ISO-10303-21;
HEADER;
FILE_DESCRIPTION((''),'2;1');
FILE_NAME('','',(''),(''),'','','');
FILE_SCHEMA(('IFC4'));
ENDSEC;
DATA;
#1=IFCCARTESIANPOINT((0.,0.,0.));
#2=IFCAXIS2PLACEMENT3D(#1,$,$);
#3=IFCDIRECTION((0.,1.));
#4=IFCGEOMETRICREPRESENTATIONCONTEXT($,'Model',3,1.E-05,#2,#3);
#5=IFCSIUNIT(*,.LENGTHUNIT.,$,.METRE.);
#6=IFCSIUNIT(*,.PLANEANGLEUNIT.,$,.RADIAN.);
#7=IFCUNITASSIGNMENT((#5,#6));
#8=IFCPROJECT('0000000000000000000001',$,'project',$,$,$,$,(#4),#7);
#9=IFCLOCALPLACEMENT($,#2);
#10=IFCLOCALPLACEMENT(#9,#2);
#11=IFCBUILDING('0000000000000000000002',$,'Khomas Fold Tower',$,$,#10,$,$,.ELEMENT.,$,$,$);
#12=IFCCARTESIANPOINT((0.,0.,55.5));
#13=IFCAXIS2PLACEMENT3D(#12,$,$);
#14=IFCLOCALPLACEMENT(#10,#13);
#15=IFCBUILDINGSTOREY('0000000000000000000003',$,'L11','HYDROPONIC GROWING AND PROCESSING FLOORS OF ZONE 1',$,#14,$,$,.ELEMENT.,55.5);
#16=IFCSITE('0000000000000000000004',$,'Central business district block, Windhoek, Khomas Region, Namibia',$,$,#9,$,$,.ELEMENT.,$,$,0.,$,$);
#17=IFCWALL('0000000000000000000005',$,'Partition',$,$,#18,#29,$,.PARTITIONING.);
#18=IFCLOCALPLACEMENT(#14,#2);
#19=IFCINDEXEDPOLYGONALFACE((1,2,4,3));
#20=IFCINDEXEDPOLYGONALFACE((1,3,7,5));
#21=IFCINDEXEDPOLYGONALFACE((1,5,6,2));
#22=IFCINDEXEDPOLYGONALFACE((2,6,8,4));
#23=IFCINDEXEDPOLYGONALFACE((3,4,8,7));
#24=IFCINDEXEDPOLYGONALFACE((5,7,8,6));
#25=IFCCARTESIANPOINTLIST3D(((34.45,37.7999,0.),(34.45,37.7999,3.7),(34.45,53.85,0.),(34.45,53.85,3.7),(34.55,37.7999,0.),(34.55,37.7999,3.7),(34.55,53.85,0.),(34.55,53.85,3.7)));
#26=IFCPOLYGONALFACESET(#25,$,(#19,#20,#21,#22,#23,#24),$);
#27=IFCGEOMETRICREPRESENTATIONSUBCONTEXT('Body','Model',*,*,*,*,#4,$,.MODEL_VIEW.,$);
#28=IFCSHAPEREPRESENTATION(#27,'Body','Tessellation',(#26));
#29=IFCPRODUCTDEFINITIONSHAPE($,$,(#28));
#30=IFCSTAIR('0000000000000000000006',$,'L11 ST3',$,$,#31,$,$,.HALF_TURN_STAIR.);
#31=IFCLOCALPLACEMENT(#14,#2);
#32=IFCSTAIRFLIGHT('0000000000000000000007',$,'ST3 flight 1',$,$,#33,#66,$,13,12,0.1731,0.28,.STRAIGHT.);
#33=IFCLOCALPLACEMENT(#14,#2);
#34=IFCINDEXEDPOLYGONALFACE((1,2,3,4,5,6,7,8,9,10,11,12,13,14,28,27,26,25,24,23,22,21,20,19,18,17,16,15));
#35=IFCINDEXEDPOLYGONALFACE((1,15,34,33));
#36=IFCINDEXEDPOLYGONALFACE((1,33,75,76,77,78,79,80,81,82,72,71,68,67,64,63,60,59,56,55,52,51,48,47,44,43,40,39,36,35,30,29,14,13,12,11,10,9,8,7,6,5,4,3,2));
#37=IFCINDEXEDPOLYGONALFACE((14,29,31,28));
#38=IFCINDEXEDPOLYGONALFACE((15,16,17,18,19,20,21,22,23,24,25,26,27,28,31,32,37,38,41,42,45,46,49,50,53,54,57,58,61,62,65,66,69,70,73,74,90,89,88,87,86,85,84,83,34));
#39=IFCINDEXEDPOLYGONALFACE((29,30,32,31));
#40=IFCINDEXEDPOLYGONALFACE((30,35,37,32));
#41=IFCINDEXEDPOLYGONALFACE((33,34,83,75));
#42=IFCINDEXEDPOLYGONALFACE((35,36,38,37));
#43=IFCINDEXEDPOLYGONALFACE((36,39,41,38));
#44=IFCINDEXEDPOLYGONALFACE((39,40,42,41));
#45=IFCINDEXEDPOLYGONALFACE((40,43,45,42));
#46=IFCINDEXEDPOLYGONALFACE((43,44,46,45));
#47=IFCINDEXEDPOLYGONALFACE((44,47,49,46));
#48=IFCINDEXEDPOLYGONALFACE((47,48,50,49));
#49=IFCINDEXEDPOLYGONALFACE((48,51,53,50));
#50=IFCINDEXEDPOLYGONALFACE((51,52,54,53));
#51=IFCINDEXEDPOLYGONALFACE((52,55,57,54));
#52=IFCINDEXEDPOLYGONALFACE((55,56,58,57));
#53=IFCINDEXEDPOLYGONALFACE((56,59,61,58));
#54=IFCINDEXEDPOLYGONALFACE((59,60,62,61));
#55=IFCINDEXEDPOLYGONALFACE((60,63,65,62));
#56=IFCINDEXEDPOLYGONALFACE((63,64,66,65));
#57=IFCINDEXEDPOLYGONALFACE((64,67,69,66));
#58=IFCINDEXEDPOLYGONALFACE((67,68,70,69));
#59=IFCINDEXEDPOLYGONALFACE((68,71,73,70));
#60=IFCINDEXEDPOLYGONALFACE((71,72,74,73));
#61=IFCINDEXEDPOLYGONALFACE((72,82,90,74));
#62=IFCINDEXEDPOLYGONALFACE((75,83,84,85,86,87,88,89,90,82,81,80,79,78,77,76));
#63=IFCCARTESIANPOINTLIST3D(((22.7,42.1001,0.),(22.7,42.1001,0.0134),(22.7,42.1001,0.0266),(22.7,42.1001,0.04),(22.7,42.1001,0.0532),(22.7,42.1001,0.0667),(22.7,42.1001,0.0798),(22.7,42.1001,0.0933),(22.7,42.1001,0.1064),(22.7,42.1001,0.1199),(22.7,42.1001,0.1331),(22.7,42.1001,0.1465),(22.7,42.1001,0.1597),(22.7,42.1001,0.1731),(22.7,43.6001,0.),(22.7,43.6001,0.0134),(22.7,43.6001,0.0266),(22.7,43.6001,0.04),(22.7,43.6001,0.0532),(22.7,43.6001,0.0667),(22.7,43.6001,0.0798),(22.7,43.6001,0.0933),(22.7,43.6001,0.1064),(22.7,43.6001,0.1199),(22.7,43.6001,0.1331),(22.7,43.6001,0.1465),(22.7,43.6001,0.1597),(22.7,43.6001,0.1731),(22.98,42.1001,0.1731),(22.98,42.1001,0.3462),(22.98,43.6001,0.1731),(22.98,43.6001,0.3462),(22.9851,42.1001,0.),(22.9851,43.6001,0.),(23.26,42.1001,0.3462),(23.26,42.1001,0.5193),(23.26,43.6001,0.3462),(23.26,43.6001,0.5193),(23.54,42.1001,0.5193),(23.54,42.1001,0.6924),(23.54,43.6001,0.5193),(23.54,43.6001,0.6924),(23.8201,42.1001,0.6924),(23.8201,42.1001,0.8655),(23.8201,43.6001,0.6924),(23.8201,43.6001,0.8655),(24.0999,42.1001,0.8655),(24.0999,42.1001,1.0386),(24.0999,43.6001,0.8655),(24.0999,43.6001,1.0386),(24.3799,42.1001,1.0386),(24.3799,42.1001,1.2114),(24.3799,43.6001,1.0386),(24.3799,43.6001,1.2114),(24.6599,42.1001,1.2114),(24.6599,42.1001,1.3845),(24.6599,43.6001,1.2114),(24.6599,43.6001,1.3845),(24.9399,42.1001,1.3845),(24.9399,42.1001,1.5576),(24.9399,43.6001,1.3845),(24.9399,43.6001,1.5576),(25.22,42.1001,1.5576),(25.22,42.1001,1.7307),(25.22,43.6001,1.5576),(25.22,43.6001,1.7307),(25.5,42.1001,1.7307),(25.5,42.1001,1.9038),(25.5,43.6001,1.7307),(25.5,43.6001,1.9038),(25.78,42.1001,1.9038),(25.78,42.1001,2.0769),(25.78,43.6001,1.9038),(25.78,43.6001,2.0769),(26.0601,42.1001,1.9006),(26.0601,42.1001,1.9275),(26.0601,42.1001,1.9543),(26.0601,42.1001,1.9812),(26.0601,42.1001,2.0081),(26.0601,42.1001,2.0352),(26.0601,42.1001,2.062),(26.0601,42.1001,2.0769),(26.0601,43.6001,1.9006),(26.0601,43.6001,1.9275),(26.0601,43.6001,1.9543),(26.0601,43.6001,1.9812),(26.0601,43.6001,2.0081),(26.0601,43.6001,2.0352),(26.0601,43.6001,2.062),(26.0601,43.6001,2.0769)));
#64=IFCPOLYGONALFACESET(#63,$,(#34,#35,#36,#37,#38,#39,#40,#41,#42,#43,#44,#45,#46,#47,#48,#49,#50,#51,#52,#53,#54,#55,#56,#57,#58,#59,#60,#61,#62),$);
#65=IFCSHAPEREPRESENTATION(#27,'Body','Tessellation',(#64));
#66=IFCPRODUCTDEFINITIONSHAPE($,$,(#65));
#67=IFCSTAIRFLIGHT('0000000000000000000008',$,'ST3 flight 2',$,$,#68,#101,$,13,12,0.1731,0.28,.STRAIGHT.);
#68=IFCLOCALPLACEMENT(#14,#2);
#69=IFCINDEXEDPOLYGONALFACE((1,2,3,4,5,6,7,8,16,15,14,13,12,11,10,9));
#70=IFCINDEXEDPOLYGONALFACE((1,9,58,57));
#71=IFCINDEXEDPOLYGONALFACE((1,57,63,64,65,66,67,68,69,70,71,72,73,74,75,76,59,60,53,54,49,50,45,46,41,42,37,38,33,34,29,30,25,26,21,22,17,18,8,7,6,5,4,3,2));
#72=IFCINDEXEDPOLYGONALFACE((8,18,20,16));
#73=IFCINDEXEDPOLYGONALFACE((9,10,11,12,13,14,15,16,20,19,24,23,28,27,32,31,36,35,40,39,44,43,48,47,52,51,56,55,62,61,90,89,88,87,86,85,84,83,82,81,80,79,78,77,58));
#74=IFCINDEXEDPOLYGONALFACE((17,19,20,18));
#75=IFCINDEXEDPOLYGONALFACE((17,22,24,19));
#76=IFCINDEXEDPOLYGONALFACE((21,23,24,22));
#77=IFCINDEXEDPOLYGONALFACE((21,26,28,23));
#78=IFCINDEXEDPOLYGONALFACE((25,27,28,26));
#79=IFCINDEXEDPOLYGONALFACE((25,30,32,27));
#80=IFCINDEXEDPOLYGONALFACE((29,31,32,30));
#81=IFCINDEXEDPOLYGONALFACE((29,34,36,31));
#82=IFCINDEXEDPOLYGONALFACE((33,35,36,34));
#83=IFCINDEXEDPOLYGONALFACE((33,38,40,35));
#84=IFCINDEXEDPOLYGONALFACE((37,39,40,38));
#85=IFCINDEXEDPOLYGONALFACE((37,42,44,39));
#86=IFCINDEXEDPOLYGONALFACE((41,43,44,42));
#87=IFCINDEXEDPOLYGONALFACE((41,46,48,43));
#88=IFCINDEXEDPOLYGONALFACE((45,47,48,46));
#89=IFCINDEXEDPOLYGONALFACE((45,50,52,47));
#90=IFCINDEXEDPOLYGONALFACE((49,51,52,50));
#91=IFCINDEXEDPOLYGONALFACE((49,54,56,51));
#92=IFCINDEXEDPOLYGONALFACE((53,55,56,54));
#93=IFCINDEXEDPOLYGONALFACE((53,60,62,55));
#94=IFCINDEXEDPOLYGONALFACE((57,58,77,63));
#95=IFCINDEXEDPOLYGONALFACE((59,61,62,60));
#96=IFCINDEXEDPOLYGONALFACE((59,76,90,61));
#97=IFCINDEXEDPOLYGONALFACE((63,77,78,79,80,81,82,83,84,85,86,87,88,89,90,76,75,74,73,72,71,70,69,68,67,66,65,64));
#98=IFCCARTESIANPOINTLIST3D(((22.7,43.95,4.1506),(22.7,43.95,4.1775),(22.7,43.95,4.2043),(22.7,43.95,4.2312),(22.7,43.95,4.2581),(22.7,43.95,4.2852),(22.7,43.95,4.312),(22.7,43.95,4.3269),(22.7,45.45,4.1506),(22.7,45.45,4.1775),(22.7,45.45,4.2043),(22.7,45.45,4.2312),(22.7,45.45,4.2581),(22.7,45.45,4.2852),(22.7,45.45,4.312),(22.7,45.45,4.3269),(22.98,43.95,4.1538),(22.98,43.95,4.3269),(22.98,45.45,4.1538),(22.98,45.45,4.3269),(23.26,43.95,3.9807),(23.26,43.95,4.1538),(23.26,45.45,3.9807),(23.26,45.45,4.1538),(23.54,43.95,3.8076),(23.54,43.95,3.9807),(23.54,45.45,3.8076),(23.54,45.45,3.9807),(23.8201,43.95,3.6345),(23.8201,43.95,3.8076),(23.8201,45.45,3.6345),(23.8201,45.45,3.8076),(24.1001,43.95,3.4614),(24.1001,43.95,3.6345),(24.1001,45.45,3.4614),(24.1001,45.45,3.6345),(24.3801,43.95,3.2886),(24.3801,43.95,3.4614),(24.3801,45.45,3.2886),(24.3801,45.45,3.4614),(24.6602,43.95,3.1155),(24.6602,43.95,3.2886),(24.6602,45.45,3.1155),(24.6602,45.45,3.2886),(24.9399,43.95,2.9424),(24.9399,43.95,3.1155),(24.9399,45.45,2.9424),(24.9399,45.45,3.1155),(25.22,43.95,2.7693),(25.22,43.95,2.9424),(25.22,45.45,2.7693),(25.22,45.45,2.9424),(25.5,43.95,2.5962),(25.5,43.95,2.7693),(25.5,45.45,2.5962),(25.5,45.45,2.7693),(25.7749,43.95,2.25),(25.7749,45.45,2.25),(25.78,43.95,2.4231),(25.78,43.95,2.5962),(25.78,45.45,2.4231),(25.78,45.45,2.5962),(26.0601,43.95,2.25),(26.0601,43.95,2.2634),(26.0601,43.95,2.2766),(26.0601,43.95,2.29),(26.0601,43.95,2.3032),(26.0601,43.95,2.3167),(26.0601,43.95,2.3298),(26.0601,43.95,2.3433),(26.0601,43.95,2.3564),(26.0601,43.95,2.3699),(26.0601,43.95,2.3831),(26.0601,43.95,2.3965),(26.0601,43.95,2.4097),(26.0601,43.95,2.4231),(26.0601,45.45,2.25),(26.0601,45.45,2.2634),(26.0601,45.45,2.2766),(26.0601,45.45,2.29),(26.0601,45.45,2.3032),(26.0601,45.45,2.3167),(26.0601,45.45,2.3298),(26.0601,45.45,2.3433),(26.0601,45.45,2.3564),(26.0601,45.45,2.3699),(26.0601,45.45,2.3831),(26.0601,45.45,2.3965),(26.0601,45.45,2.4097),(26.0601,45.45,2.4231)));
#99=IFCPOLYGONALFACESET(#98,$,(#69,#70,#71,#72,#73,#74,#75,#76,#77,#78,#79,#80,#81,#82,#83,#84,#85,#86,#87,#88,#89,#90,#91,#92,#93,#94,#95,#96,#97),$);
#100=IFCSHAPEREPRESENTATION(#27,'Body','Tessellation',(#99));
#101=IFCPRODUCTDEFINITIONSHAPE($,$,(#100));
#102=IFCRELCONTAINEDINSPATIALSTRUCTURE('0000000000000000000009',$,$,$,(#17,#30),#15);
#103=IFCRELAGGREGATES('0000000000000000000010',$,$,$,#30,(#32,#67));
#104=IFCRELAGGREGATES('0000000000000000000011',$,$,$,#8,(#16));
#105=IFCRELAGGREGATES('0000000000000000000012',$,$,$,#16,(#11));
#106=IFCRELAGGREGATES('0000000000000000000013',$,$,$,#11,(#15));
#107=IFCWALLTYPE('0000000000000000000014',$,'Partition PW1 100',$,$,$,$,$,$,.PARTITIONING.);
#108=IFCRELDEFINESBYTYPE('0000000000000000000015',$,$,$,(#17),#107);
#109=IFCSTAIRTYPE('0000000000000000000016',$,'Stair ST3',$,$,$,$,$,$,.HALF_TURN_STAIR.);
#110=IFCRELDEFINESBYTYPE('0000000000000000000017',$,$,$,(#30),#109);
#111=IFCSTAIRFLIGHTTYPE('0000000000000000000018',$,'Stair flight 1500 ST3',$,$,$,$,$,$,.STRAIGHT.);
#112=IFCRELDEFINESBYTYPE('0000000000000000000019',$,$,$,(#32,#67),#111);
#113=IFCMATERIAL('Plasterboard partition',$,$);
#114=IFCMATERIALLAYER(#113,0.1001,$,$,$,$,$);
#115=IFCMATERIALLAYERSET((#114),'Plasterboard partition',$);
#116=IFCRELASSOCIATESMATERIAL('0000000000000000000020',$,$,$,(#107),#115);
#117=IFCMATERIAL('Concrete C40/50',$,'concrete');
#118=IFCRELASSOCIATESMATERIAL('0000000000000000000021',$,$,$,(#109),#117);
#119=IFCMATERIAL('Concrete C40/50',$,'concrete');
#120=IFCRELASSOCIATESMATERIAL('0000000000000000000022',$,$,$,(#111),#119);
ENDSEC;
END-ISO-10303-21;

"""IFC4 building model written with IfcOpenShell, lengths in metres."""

from ifc_helpers import new_model, si_unit, direction, frame, frame_2d, origin, place, context, subcontext, project, spatial, polyline, rectangle, outline, extrude, source, transform, mapped, material, layer, layer_set, type_object, element, aggregate, save


model = new_model("IFC4")

# Units and contexts
model_context = context("Model", 3, precision=1e-05, world=origin(), true_north=direction((0.0, 1.0)))
body_context = subcontext(model_context, "Body", "Model", "MODEL_VIEW")
ifc_project = project(units=[si_unit("LENGTHUNIT", "METRE"), si_unit("PLANEANGLEUNIT", "RADIAN")], contexts=[model_context])

# Site, building, storey
site_placement = place(None, origin())
site = spatial("IfcSite", under=ifc_project, at=site_placement, Name="Central business district block, Windhoek, Khomas Region, Namibia", CompositionType="ELEMENT", RefElevation=0.0)
building_placement = place(site_placement, origin())
building = spatial("IfcBuilding", under=site, at=building_placement, Name="Khomas Fold Tower", CompositionType="ELEMENT")
storey_placement = place(building_placement, frame((0.0, 0.0, 55.5)))
storey = spatial("IfcBuildingStorey", under=building, at=storey_placement, Name="L11", Description="HYDROPONIC GROWING AND PROCESSING FLOORS OF ZONE 1", CompositionType="ELEMENT", Elevation=55.5)

# Wall
ifc_material_1 = material(Name="Plasterboard partition")
ifc_layer_1 = layer(ifc_material_1, 0.1001)
ifc_layer_set_1 = layer_set([ifc_layer_1], Name="Plasterboard partition")
wall_type_1 = type_object("IfcWallType", Name="Partition PW1 100", PredefinedType="PARTITIONING", material=ifc_layer_set_1)
shared_shape_1 = source(origin(), body_context, "Body", "SweptSolid", [
    extrude(rectangle(XDim=16.05, YDim=0.1001, at=frame_2d((8.0249, 0.0))), origin(), (0.0, 0.0, 1.0), 3.7),
])
wall_1_placement = place(storey_placement, frame((34.5, 37.8, 0.0), z_axis=(0.0, 0.0, 1.0), x_axis=(0.0, 1.0, 0.0)))
element("IfcWall", 1, at=wall_1_placement, inside=storey, type_object=wall_type_1, Name="Partition", PredefinedType="PARTITIONING", context=body_context, shape_type="MappedRepresentation", body=[
    mapped(shared_shape_1, transform((0.0, 0.0, 0.0))),
])

# Stair, stair flights
ifc_material_2 = material(Name="Concrete C40/50", Category="concrete")
stair_type = type_object("IfcStairType", Name="Stair ST3", PredefinedType="HALF_TURN_STAIR", material=ifc_material_2)
stair_placement = place(storey_placement, origin())
stair = element("IfcStair", 2, at=stair_placement, inside=storey, type_object=stair_type, Name="L11 ST3", PredefinedType="HALF_TURN_STAIR")
ifc_material_3 = material(Name="Concrete C40/50", Category="concrete")
stair_flight_type = type_object("IfcStairFlightType", Name="Stair flight 1500 ST3", PredefinedType="STRAIGHT", material=ifc_material_3)
shared_shape_2 = source(origin(), body_context, "Body", "SweptSolid", [
    extrude(outline(polyline([(0.0, 0.0), (0.0, 0.0134), (0.0, 0.0266), (0.0, 0.04), (0.0, 0.0532), (0.0, 0.0667), (0.0, 0.0798), (0.0, 0.0933), (0.0, 0.1064), (0.0, 0.1199), (0.0, 0.1331), (0.0, 0.1465), (0.0, 0.1597), (0.0, 0.1731), (0.28, 0.1731), (0.28, 0.3462), (0.5601, 0.3462), (0.5601, 0.5193), (0.8401, 0.5193), (0.8401, 0.6924), (1.1201, 0.6924), (1.1201, 0.8655), (1.3999, 0.8655), (1.3999, 1.0386), (1.6799, 1.0386), (1.6799, 1.2114), (1.96, 1.2114), (1.96, 1.3845), (2.24, 1.3845), (2.24, 1.5576), (2.52, 1.5576), (2.52, 1.7307), (2.8, 1.7307), (2.8, 1.9038), (3.0801, 1.9038), (3.0801, 2.0769), (3.3601, 2.0769), (3.3601, 2.25), (3.3601, 2.2231), (3.3601, 2.1963), (3.3601, 2.1694), (3.3601, 2.1426), (3.3601, 2.1157), (3.3601, 2.0889), (3.3601, 2.062), (3.3601, 2.0352), (3.3601, 2.0081), (3.3601, 1.9812), (3.3601, 1.9543), (3.3601, 1.9275), (3.3601, 1.9006), (0.2852, 0.0), (0.0, 0.0)])), frame((0.0, 0.75, 0.0), z_axis=(0.0, -1.0, 0.0), x_axis=(1.0, 0.0, 0.0)), (0.0, 0.0, 1.0), 1.5),
])
stair_flight_1_placement = place(storey_placement, frame((22.7, 42.8501, 0.0), z_axis=(0.0, 0.0, 1.0), x_axis=(1.0, 0.0, 0.0)))
stair_flight_1 = element("IfcStairFlight", 3, at=stair_flight_1_placement, type_object=stair_flight_type, Name="ST3 flight 1", NumberOfRisers=13, NumberOfTreads=12, PredefinedType="STRAIGHT", RiserHeight=0.1731, TreadLength=0.28, context=body_context, shape_type="MappedRepresentation", body=[
    mapped(shared_shape_2, transform((0.0, 0.0, 0.0))),
])
stair_flight_2_placement = place(storey_placement, frame((26.0601, 44.7, 2.25), z_axis=(0.0, 0.0, 1.0), x_axis=(-1.0, 0.0, 0.0)))
stair_flight_2 = element("IfcStairFlight", 4, at=stair_flight_2_placement, type_object=stair_flight_type, Name="ST3 flight 2", NumberOfRisers=13, NumberOfTreads=12, PredefinedType="STRAIGHT", RiserHeight=0.1731, TreadLength=0.28, context=body_context, shape_type="MappedRepresentation", body=[
    mapped(shared_shape_2, transform((0.0, 0.0, 0.0))),
])
aggregate(stair, [stair_flight_1, stair_flight_2])

save(model, "model.ifc")
